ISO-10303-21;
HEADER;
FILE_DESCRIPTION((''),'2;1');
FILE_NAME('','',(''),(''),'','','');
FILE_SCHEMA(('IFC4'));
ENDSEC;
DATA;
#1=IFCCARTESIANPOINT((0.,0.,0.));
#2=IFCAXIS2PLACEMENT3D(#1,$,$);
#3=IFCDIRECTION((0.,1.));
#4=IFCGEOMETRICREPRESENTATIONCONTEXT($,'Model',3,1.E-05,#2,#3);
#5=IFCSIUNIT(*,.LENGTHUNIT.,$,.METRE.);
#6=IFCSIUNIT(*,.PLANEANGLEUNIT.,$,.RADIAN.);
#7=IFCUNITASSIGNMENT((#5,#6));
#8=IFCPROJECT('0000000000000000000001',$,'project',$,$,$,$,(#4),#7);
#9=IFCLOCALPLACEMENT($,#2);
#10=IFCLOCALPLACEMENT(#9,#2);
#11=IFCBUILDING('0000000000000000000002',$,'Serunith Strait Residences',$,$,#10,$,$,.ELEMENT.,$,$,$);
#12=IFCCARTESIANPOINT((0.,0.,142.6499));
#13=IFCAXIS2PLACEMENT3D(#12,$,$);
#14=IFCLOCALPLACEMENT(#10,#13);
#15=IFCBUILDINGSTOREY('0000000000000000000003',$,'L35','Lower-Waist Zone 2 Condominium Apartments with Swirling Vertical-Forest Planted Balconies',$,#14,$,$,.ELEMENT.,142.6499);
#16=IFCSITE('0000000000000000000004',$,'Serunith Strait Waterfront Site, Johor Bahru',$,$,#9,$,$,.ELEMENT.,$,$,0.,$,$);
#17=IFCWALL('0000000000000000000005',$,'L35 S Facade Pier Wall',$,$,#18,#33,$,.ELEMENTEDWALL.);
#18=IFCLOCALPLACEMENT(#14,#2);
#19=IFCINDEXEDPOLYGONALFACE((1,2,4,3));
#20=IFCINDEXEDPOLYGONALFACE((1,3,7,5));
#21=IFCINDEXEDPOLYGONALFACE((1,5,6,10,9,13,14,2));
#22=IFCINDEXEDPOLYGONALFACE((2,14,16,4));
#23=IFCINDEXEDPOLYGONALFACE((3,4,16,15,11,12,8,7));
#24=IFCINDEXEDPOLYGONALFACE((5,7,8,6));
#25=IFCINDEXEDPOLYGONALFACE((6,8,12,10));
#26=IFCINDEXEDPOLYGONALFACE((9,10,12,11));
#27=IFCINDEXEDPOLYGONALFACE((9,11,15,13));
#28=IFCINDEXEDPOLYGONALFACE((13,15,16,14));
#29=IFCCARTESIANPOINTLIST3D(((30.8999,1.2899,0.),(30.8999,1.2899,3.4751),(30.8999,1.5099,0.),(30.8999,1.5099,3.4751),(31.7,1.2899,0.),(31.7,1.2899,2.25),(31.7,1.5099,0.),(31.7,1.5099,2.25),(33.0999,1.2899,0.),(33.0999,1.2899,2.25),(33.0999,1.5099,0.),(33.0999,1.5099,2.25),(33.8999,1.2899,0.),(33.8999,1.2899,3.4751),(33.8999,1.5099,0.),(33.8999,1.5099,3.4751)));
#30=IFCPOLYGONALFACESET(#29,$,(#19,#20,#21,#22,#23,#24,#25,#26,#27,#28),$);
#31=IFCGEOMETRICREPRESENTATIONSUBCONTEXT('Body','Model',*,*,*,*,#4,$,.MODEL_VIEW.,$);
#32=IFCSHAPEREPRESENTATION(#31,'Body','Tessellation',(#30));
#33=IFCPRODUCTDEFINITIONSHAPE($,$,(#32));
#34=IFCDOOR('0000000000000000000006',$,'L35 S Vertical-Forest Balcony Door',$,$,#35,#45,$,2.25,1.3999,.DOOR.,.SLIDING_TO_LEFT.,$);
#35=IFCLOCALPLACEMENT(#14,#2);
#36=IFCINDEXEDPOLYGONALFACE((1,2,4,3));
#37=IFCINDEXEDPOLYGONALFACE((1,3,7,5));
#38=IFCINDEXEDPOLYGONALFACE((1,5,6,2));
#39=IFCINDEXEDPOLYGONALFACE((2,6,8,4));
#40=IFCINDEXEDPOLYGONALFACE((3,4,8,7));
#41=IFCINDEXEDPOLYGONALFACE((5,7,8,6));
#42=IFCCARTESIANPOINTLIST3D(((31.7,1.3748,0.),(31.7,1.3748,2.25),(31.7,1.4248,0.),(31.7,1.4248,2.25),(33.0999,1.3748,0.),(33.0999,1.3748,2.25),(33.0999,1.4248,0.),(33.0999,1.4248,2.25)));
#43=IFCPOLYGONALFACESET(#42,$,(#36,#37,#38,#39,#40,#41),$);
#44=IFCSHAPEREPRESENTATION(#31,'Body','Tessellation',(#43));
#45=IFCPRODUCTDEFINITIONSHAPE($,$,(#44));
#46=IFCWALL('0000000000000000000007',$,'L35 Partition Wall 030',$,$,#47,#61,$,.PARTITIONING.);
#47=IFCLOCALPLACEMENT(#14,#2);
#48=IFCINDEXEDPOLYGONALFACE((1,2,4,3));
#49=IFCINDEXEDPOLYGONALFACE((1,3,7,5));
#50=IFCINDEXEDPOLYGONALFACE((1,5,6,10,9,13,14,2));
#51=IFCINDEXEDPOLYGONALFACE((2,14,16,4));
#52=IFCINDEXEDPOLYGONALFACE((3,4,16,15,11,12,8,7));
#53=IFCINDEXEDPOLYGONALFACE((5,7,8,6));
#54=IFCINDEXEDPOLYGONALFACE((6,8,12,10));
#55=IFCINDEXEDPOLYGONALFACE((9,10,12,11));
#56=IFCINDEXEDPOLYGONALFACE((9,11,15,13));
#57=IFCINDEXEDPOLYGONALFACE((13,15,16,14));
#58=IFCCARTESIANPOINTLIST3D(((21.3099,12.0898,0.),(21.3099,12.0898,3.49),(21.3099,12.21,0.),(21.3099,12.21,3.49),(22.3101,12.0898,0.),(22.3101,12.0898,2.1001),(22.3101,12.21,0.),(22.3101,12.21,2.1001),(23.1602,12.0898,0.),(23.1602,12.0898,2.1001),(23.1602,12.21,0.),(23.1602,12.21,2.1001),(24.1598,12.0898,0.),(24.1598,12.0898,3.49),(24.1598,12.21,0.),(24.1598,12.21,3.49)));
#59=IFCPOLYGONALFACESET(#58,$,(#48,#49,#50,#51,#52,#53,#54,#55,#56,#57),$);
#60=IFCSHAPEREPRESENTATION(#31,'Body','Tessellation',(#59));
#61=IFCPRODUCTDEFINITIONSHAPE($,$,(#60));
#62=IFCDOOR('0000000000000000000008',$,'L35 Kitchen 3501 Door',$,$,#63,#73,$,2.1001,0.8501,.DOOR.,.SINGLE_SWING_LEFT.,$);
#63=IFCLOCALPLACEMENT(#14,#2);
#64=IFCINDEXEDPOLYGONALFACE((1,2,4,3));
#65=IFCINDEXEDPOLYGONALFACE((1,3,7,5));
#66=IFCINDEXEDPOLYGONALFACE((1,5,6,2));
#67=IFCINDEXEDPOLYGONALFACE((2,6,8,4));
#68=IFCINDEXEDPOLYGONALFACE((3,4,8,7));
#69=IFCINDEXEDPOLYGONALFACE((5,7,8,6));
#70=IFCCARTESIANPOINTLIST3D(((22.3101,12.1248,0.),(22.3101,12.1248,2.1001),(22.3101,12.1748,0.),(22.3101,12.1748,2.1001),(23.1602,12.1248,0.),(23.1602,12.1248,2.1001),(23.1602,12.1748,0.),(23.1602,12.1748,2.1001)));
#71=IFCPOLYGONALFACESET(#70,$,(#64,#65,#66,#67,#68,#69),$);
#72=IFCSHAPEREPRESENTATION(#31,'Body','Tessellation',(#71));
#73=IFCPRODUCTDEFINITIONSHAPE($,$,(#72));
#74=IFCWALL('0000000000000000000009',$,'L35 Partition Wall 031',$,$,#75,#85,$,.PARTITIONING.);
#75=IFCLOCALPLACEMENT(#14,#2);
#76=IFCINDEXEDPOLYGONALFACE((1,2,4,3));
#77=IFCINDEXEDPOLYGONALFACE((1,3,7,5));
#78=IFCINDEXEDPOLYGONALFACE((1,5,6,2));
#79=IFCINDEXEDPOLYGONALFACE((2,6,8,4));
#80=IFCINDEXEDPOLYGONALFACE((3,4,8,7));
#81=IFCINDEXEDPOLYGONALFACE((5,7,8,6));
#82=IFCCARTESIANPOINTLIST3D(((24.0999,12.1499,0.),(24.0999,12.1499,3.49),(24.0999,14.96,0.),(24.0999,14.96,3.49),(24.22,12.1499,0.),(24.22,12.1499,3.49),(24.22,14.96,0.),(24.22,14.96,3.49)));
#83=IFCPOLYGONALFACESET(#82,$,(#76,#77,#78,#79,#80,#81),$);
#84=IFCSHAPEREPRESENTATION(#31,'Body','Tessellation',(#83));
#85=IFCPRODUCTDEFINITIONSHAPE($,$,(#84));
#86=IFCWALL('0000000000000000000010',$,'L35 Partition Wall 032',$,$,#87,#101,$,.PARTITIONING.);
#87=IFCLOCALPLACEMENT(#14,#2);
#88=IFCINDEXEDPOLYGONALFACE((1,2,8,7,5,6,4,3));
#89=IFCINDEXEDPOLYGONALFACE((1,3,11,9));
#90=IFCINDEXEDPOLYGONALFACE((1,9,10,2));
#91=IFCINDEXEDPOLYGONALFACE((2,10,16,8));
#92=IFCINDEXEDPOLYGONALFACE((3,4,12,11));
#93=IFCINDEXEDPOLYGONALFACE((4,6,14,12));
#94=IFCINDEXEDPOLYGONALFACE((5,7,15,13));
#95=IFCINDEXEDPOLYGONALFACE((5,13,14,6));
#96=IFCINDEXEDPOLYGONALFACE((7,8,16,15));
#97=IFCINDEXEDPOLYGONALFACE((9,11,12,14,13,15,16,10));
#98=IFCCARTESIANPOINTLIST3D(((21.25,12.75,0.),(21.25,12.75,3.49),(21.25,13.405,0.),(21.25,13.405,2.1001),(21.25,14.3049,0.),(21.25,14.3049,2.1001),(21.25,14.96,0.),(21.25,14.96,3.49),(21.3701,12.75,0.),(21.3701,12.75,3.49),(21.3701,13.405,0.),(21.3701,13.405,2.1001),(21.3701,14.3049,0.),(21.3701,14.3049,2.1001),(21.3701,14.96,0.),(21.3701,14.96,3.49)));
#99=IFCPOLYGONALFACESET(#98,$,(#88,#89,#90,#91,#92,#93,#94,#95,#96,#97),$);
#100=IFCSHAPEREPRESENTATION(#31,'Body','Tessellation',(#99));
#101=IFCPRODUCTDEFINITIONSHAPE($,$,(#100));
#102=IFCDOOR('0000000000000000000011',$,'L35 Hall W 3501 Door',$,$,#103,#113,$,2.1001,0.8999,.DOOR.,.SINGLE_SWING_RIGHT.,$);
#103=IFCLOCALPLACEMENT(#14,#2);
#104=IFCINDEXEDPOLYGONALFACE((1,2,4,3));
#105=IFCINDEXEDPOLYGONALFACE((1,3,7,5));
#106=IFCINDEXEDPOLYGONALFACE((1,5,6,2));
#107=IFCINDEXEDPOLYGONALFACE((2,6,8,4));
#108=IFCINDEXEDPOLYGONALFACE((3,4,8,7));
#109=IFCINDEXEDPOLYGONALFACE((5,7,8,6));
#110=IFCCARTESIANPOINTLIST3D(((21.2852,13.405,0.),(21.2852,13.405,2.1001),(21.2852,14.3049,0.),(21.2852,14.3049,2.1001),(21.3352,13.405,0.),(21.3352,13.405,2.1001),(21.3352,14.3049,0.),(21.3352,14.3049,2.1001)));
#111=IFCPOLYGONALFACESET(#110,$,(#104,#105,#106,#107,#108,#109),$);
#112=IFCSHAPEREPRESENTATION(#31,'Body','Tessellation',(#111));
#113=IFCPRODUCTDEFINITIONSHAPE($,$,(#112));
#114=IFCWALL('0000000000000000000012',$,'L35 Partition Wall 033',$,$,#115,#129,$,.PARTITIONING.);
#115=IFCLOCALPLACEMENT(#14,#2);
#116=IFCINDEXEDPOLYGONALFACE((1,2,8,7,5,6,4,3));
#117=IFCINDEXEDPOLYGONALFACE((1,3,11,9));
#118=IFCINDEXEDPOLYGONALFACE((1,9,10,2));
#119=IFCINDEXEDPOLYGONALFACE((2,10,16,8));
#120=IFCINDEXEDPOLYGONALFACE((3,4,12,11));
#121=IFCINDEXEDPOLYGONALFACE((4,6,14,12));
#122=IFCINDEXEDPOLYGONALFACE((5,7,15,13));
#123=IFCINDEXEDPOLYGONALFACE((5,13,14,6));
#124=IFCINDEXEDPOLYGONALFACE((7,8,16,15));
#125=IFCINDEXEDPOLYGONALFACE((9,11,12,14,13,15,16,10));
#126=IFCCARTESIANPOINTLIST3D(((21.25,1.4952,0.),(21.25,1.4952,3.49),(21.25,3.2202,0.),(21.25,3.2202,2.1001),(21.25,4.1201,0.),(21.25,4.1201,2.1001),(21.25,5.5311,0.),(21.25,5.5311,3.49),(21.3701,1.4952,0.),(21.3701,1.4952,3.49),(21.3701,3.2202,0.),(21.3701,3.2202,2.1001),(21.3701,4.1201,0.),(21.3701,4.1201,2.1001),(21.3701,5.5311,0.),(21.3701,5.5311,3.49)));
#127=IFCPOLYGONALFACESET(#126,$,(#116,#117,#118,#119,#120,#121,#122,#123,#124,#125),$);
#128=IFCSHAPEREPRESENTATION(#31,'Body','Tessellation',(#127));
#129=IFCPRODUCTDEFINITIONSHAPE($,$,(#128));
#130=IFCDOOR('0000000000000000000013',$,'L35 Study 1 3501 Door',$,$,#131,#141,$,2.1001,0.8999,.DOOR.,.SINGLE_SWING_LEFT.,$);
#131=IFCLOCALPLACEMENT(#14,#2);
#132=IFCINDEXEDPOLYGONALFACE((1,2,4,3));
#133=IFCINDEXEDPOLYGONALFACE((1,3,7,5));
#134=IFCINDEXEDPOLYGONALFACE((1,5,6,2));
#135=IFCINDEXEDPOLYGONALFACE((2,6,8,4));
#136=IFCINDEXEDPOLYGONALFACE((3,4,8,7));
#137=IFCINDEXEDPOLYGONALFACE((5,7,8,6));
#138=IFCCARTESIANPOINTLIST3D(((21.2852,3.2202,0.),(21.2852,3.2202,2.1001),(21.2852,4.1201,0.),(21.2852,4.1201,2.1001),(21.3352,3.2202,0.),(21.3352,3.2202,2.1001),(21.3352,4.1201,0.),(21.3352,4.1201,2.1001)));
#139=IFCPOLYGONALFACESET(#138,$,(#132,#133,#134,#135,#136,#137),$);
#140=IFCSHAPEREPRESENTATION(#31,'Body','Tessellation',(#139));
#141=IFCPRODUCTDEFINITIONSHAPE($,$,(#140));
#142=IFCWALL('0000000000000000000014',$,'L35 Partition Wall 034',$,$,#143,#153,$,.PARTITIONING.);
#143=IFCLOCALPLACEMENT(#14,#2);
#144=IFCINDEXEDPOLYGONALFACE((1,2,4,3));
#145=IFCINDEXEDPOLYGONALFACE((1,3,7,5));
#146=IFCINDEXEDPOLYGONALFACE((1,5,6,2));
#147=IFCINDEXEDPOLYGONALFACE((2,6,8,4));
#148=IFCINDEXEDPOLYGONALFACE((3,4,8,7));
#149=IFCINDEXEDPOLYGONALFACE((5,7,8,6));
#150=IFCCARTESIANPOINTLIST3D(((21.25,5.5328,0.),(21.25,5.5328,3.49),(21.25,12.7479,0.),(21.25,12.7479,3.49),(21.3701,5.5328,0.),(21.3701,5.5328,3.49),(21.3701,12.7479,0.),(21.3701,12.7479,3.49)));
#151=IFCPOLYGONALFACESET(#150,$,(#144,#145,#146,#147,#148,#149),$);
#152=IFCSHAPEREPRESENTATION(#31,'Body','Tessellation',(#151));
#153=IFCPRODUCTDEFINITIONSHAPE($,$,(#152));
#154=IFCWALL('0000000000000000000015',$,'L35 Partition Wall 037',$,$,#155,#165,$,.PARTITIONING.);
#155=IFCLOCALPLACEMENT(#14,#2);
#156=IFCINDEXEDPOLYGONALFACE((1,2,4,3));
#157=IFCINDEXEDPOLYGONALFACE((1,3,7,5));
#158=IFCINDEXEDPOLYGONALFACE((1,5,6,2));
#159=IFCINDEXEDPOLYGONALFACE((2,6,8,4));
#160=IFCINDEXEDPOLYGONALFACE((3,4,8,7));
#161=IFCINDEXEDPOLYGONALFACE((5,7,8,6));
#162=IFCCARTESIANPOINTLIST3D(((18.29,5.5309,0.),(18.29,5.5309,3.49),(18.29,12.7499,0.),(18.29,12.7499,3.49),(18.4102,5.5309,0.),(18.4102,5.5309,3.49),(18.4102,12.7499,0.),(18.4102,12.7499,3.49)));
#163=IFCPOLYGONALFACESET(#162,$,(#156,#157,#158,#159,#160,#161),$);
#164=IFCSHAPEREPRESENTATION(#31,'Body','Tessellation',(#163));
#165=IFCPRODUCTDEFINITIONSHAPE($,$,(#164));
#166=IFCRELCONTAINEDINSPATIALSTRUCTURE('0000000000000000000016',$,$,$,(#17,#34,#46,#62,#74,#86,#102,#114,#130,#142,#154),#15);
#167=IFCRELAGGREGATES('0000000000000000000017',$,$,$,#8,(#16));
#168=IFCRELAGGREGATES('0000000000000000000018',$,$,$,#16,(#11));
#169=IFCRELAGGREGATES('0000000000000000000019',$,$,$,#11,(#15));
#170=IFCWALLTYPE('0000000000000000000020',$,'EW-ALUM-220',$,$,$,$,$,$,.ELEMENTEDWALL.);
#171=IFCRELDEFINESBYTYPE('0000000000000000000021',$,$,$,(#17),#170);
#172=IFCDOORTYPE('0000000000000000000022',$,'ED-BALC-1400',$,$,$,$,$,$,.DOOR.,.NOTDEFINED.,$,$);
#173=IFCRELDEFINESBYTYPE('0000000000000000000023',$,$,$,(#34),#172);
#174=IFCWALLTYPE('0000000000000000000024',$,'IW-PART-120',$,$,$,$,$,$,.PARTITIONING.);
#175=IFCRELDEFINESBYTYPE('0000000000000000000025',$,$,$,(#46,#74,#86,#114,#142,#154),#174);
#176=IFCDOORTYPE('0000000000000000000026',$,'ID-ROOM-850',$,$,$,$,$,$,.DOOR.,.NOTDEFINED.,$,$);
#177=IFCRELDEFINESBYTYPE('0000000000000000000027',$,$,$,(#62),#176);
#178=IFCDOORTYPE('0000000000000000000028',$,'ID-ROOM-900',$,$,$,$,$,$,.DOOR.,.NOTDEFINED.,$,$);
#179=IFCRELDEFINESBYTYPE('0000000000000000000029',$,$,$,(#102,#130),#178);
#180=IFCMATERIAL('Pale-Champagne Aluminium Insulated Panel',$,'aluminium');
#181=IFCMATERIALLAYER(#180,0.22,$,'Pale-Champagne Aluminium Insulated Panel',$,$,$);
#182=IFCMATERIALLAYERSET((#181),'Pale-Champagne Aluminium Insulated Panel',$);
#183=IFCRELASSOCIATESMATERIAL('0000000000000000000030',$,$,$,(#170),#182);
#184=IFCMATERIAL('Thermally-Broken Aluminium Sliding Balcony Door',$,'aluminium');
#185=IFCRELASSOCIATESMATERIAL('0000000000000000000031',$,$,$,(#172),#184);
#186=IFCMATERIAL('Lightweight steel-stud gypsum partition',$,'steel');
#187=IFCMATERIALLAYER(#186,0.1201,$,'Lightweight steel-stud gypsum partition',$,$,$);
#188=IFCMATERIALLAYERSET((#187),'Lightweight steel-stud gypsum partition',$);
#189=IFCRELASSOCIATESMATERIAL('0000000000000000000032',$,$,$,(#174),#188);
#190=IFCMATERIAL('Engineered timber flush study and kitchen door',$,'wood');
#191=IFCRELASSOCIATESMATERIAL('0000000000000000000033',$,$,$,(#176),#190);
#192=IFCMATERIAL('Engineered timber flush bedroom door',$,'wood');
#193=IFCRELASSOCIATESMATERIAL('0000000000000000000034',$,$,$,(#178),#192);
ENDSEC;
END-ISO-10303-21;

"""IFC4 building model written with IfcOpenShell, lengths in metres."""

from ifc_helpers import new_model, si_unit, direction, frame, frame_2d, origin, place, context, subcontext, project, spatial, rectangle, extrude, source, transform, mapped, material, layer, layer_set, type_object, element, fill, save


model = new_model("IFC4")

# Units and contexts
model_context = context("Model", 3, precision=1e-05, world=origin(), true_north=direction((0.0, 1.0)))
body_context = subcontext(model_context, "Body", "Model", "MODEL_VIEW")
ifc_project = project(units=[si_unit("LENGTHUNIT", "METRE"), si_unit("PLANEANGLEUNIT", "RADIAN")], contexts=[model_context])

# Site, building, storey
site_placement = place(None, origin())
site = spatial("IfcSite", under=ifc_project, at=site_placement, Name="Serunith Strait Waterfront Site, Johor Bahru", CompositionType="ELEMENT", RefElevation=0.0)
building_placement = place(site_placement, origin())
building = spatial("IfcBuilding", under=site, at=building_placement, Name="Serunith Strait Residences", CompositionType="ELEMENT")
storey_placement = place(building_placement, frame((0.0, 0.0, 142.6499)))
storey = spatial("IfcBuildingStorey", under=building, at=storey_placement, Name="L35", Description="Lower-Waist Zone 2 Condominium Apartments with Swirling Vertical-Forest Planted Balconies", CompositionType="ELEMENT", Elevation=142.6499)

# Walls, openings, doors
ifc_material_1 = material(Name="Pale-Champagne Aluminium Insulated Panel", Category="aluminium")
ifc_layer_1 = layer(ifc_material_1, 0.22, Name="Pale-Champagne Aluminium Insulated Panel")
ifc_layer_set_1 = layer_set([ifc_layer_1], Name="Pale-Champagne Aluminium Insulated Panel")
wall_type_1 = type_object("IfcWallType", Name="EW-ALUM-220", PredefinedType="ELEMENTEDWALL", material=ifc_layer_set_1)
wall_1_placement = place(storey_placement, frame((30.8999, 1.3999, 0.0), z_axis=(0.0, 0.0, 1.0), x_axis=(1.0, 0.0, 0.0)))
wall_1 = element("IfcWall", 1, at=wall_1_placement, inside=storey, type_object=wall_type_1, Name="L35 S Facade Pier Wall", PredefinedType="ELEMENTEDWALL", context=body_context, shape_type="SweptSolid", body=[
    extrude(rectangle(XDim=3.0, YDim=0.22, at=frame_2d((1.5, 0.0))), origin(), (0.0, 0.0, 1.0), 3.4751),
])
opening_1_placement = place(wall_1_placement, frame((0.8, 0.0, 0.0)))
opening_1 = element("IfcOpeningElement", 2, at=opening_1_placement, cuts=wall_1, PredefinedType="OPENING", context=body_context, shape_type="SweptSolid", body=[
    extrude(rectangle(XDim=1.3999, YDim=2.25, at=frame_2d((0.7, 1.125))), frame((0.0, 0.1201, 0.0), z_axis=(0.0, -1.0, 0.0), x_axis=(1.0, 0.0, 0.0)), (0.0, 0.0, 1.0), 0.24),
])
ifc_material_2 = material(Name="Thermally-Broken Aluminium Sliding Balcony Door", Category="aluminium")
door_type_1 = type_object("IfcDoorType", Name="ED-BALC-1400", OperationType="NOTDEFINED", PredefinedType="DOOR", material=ifc_material_2)
shared_shape_1 = source(origin(), body_context, "Body", "SweptSolid", [
    extrude(rectangle(XDim=1.3999, YDim=2.25, at=frame_2d((0.7, 1.125))), frame((0.0, 0.0249, 0.0), z_axis=(0.0, -1.0, 0.0), x_axis=(1.0, 0.0, 0.0)), (0.0, 0.0, 1.0), 0.05),
])
door_1_placement = place(opening_1_placement, origin())
door_1 = element("IfcDoor", 3, at=door_1_placement, inside=storey, type_object=door_type_1, Name="L35 S Vertical-Forest Balcony Door", OperationType="SLIDING_TO_LEFT", OverallHeight=2.25, OverallWidth=1.3999, PredefinedType="DOOR", context=body_context, shape_type="MappedRepresentation", body=[
    mapped(shared_shape_1, transform((0.0, 0.0, 0.0), scale=1.0)),
])
fill(opening_1, door_1)
ifc_material_3 = material(Name="Lightweight steel-stud gypsum partition", Category="steel")
ifc_layer_2 = layer(ifc_material_3, 0.1201, Name="Lightweight steel-stud gypsum partition")
ifc_layer_set_2 = layer_set([ifc_layer_2], Name="Lightweight steel-stud gypsum partition")
wall_type_2 = type_object("IfcWallType", Name="IW-PART-120", PredefinedType="PARTITIONING", material=ifc_layer_set_2)
wall_2_placement = place(storey_placement, frame((21.3101, 12.1499, 0.0), z_axis=(0.0, 0.0, 1.0), x_axis=(1.0, 0.0, 0.0)))
wall_2 = element("IfcWall", 4, at=wall_2_placement, inside=storey, type_object=wall_type_2, Name="L35 Partition Wall 030", PredefinedType="PARTITIONING", context=body_context, shape_type="SweptSolid", body=[
    extrude(rectangle(XDim=2.8499, YDim=0.1201, at=frame_2d((1.4248, 0.0))), origin(), (0.0, 0.0, 1.0), 3.49),
])
opening_2_placement = place(wall_2_placement, frame((1.0, 0.0, 0.0)))
opening_2 = element("IfcOpeningElement", 5, at=opening_2_placement, cuts=wall_2, PredefinedType="OPENING", context=body_context, shape_type="SweptSolid", body=[
    extrude(rectangle(XDim=0.8501, YDim=2.1001, at=frame_2d((0.425, 1.05))), frame((0.0, 0.0701, 0.0), z_axis=(0.0, -1.0, 0.0), x_axis=(1.0, 0.0, 0.0)), (0.0, 0.0, 1.0), 0.1401),
])
ifc_material_4 = material(Name="Engineered timber flush study and kitchen door", Category="wood")
door_type_2 = type_object("IfcDoorType", Name="ID-ROOM-850", OperationType="NOTDEFINED", PredefinedType="DOOR", material=ifc_material_4)
shared_shape_2 = source(origin(), body_context, "Body", "SweptSolid", [
    extrude(rectangle(XDim=0.8501, YDim=2.1001, at=frame_2d((0.425, 1.05))), frame((0.0, 0.0249, 0.0), z_axis=(0.0, -1.0, 0.0), x_axis=(1.0, 0.0, 0.0)), (0.0, 0.0, 1.0), 0.05),
])
door_2_placement = place(opening_2_placement, origin())
door_2 = element("IfcDoor", 6, at=door_2_placement, inside=storey, type_object=door_type_2, Name="L35 Kitchen 3501 Door", OperationType="SINGLE_SWING_LEFT", OverallHeight=2.1001, OverallWidth=0.8501, PredefinedType="DOOR", context=body_context, shape_type="MappedRepresentation", body=[
    mapped(shared_shape_2, transform((0.0, 0.0, 0.0), scale=1.0)),
])
fill(opening_2, door_2)

# Wall
wall_3_placement = place(storey_placement, frame((24.1599, 12.1499, 0.0), z_axis=(0.0, 0.0, 1.0), x_axis=(0.0, 1.0, 0.0)))
element("IfcWall", 7, at=wall_3_placement, inside=storey, type_object=wall_type_2, Name="L35 Partition Wall 031", PredefinedType="PARTITIONING", context=body_context, shape_type="SweptSolid", body=[
    extrude(rectangle(XDim=2.8101, YDim=0.1201, at=frame_2d((1.405, 0.0))), origin(), (0.0, 0.0, 1.0), 3.49),
])

# Walls, openings, doors
wall_4_placement = place(storey_placement, frame((21.3101, 12.75, 0.0), z_axis=(0.0, 0.0, 1.0), x_axis=(0.0, 1.0, 0.0)))
wall_4 = element("IfcWall", 8, at=wall_4_placement, inside=storey, type_object=wall_type_2, Name="L35 Partition Wall 032", PredefinedType="PARTITIONING", context=body_context, shape_type="SweptSolid", body=[
    extrude(rectangle(XDim=2.21, YDim=0.1201, at=frame_2d((1.105, 0.0))), origin(), (0.0, 0.0, 1.0), 3.49),
])
opening_3_placement = place(wall_4_placement, frame((0.655, 0.0, 0.0)))
opening_3 = element("IfcOpeningElement", 9, at=opening_3_placement, cuts=wall_4, PredefinedType="OPENING", context=body_context, shape_type="SweptSolid", body=[
    extrude(rectangle(XDim=0.8999, YDim=2.1001, at=frame_2d((0.45, 1.05))), frame((0.0, 0.0701, 0.0), z_axis=(0.0, -1.0, 0.0), x_axis=(1.0, 0.0, 0.0)), (0.0, 0.0, 1.0), 0.1401),
])
ifc_material_5 = material(Name="Engineered timber flush bedroom door", Category="wood")
door_type_3 = type_object("IfcDoorType", Name="ID-ROOM-900", OperationType="NOTDEFINED", PredefinedType="DOOR", material=ifc_material_5)
shared_shape_3 = source(origin(), body_context, "Body", "SweptSolid", [
    extrude(rectangle(XDim=0.8999, YDim=2.1001, at=frame_2d((0.45, 1.05))), frame((0.0, 0.0249, 0.0), z_axis=(0.0, -1.0, 0.0), x_axis=(1.0, 0.0, 0.0)), (0.0, 0.0, 1.0), 0.05),
])
door_3_placement = place(opening_3_placement, origin())
door_3 = element("IfcDoor", 10, at=door_3_placement, inside=storey, type_object=door_type_3, Name="L35 Hall W 3501 Door", OperationType="SINGLE_SWING_RIGHT", OverallHeight=2.1001, OverallWidth=0.8999, PredefinedType="DOOR", context=body_context, shape_type="MappedRepresentation", body=[
    mapped(shared_shape_3, transform((0.0, 0.0, 0.0), scale=1.0)),
])
fill(opening_3, door_3)
wall_5_placement = place(storey_placement, frame((21.3101, 1.4951, 0.0), z_axis=(0.0, 0.0, 1.0), x_axis=(0.0, 1.0, 0.0)))
wall_5 = element("IfcWall", 11, at=wall_5_placement, inside=storey, type_object=wall_type_2, Name="L35 Partition Wall 033", PredefinedType="PARTITIONING", context=body_context, shape_type="SweptSolid", body=[
    extrude(rectangle(XDim=4.0359, YDim=0.1201, at=frame_2d((2.0181, 0.0))), origin(), (0.0, 0.0, 1.0), 3.49),
])
opening_4_placement = place(wall_5_placement, frame((1.7251, 0.0, 0.0)))
opening_4 = element("IfcOpeningElement", 12, at=opening_4_placement, cuts=wall_5, PredefinedType="OPENING", context=body_context, shape_type="SweptSolid", body=[
    extrude(rectangle(XDim=0.8999, YDim=2.1001, at=frame_2d((0.45, 1.05))), frame((0.0, 0.0701, 0.0), z_axis=(0.0, -1.0, 0.0), x_axis=(1.0, 0.0, 0.0)), (0.0, 0.0, 1.0), 0.1401),
])
door_4_placement = place(opening_4_placement, origin())
door_4 = element("IfcDoor", 13, at=door_4_placement, inside=storey, type_object=door_type_3, Name="L35 Study 1 3501 Door", OperationType="SINGLE_SWING_LEFT", OverallHeight=2.1001, OverallWidth=0.8999, PredefinedType="DOOR", context=body_context, shape_type="MappedRepresentation", body=[
    mapped(shared_shape_3, transform((0.0, 0.0, 0.0), scale=1.0)),
])
fill(opening_4, door_4)

# Walls
wall_6_placement = place(storey_placement, frame((21.3101, 5.533, 0.0), z_axis=(0.0, 0.0, 1.0), x_axis=(0.0, 1.0, 0.0)))
element("IfcWall", 14, at=wall_6_placement, inside=storey, type_object=wall_type_2, Name="L35 Partition Wall 034", PredefinedType="PARTITIONING", context=body_context, shape_type="SweptSolid", body=[
    extrude(rectangle(XDim=7.2151, YDim=0.1201, at=frame_2d((3.6074, 0.0))), origin(), (0.0, 0.0, 1.0), 3.49),
])
wall_7_placement = place(storey_placement, frame((18.3501, 5.531, 0.0), z_axis=(0.0, 0.0, 1.0), x_axis=(0.0, 1.0, 0.0)))
element("IfcWall", 15, at=wall_7_placement, inside=storey, type_object=wall_type_2, Name="L35 Partition Wall 037", PredefinedType="PARTITIONING", context=body_context, shape_type="SweptSolid", body=[
    extrude(rectangle(XDim=7.219, YDim=0.1201, at=frame_2d((3.6094, 0.0))), origin(), (0.0, 0.0, 1.0), 3.49),
])

save(model, "model.ifc")
